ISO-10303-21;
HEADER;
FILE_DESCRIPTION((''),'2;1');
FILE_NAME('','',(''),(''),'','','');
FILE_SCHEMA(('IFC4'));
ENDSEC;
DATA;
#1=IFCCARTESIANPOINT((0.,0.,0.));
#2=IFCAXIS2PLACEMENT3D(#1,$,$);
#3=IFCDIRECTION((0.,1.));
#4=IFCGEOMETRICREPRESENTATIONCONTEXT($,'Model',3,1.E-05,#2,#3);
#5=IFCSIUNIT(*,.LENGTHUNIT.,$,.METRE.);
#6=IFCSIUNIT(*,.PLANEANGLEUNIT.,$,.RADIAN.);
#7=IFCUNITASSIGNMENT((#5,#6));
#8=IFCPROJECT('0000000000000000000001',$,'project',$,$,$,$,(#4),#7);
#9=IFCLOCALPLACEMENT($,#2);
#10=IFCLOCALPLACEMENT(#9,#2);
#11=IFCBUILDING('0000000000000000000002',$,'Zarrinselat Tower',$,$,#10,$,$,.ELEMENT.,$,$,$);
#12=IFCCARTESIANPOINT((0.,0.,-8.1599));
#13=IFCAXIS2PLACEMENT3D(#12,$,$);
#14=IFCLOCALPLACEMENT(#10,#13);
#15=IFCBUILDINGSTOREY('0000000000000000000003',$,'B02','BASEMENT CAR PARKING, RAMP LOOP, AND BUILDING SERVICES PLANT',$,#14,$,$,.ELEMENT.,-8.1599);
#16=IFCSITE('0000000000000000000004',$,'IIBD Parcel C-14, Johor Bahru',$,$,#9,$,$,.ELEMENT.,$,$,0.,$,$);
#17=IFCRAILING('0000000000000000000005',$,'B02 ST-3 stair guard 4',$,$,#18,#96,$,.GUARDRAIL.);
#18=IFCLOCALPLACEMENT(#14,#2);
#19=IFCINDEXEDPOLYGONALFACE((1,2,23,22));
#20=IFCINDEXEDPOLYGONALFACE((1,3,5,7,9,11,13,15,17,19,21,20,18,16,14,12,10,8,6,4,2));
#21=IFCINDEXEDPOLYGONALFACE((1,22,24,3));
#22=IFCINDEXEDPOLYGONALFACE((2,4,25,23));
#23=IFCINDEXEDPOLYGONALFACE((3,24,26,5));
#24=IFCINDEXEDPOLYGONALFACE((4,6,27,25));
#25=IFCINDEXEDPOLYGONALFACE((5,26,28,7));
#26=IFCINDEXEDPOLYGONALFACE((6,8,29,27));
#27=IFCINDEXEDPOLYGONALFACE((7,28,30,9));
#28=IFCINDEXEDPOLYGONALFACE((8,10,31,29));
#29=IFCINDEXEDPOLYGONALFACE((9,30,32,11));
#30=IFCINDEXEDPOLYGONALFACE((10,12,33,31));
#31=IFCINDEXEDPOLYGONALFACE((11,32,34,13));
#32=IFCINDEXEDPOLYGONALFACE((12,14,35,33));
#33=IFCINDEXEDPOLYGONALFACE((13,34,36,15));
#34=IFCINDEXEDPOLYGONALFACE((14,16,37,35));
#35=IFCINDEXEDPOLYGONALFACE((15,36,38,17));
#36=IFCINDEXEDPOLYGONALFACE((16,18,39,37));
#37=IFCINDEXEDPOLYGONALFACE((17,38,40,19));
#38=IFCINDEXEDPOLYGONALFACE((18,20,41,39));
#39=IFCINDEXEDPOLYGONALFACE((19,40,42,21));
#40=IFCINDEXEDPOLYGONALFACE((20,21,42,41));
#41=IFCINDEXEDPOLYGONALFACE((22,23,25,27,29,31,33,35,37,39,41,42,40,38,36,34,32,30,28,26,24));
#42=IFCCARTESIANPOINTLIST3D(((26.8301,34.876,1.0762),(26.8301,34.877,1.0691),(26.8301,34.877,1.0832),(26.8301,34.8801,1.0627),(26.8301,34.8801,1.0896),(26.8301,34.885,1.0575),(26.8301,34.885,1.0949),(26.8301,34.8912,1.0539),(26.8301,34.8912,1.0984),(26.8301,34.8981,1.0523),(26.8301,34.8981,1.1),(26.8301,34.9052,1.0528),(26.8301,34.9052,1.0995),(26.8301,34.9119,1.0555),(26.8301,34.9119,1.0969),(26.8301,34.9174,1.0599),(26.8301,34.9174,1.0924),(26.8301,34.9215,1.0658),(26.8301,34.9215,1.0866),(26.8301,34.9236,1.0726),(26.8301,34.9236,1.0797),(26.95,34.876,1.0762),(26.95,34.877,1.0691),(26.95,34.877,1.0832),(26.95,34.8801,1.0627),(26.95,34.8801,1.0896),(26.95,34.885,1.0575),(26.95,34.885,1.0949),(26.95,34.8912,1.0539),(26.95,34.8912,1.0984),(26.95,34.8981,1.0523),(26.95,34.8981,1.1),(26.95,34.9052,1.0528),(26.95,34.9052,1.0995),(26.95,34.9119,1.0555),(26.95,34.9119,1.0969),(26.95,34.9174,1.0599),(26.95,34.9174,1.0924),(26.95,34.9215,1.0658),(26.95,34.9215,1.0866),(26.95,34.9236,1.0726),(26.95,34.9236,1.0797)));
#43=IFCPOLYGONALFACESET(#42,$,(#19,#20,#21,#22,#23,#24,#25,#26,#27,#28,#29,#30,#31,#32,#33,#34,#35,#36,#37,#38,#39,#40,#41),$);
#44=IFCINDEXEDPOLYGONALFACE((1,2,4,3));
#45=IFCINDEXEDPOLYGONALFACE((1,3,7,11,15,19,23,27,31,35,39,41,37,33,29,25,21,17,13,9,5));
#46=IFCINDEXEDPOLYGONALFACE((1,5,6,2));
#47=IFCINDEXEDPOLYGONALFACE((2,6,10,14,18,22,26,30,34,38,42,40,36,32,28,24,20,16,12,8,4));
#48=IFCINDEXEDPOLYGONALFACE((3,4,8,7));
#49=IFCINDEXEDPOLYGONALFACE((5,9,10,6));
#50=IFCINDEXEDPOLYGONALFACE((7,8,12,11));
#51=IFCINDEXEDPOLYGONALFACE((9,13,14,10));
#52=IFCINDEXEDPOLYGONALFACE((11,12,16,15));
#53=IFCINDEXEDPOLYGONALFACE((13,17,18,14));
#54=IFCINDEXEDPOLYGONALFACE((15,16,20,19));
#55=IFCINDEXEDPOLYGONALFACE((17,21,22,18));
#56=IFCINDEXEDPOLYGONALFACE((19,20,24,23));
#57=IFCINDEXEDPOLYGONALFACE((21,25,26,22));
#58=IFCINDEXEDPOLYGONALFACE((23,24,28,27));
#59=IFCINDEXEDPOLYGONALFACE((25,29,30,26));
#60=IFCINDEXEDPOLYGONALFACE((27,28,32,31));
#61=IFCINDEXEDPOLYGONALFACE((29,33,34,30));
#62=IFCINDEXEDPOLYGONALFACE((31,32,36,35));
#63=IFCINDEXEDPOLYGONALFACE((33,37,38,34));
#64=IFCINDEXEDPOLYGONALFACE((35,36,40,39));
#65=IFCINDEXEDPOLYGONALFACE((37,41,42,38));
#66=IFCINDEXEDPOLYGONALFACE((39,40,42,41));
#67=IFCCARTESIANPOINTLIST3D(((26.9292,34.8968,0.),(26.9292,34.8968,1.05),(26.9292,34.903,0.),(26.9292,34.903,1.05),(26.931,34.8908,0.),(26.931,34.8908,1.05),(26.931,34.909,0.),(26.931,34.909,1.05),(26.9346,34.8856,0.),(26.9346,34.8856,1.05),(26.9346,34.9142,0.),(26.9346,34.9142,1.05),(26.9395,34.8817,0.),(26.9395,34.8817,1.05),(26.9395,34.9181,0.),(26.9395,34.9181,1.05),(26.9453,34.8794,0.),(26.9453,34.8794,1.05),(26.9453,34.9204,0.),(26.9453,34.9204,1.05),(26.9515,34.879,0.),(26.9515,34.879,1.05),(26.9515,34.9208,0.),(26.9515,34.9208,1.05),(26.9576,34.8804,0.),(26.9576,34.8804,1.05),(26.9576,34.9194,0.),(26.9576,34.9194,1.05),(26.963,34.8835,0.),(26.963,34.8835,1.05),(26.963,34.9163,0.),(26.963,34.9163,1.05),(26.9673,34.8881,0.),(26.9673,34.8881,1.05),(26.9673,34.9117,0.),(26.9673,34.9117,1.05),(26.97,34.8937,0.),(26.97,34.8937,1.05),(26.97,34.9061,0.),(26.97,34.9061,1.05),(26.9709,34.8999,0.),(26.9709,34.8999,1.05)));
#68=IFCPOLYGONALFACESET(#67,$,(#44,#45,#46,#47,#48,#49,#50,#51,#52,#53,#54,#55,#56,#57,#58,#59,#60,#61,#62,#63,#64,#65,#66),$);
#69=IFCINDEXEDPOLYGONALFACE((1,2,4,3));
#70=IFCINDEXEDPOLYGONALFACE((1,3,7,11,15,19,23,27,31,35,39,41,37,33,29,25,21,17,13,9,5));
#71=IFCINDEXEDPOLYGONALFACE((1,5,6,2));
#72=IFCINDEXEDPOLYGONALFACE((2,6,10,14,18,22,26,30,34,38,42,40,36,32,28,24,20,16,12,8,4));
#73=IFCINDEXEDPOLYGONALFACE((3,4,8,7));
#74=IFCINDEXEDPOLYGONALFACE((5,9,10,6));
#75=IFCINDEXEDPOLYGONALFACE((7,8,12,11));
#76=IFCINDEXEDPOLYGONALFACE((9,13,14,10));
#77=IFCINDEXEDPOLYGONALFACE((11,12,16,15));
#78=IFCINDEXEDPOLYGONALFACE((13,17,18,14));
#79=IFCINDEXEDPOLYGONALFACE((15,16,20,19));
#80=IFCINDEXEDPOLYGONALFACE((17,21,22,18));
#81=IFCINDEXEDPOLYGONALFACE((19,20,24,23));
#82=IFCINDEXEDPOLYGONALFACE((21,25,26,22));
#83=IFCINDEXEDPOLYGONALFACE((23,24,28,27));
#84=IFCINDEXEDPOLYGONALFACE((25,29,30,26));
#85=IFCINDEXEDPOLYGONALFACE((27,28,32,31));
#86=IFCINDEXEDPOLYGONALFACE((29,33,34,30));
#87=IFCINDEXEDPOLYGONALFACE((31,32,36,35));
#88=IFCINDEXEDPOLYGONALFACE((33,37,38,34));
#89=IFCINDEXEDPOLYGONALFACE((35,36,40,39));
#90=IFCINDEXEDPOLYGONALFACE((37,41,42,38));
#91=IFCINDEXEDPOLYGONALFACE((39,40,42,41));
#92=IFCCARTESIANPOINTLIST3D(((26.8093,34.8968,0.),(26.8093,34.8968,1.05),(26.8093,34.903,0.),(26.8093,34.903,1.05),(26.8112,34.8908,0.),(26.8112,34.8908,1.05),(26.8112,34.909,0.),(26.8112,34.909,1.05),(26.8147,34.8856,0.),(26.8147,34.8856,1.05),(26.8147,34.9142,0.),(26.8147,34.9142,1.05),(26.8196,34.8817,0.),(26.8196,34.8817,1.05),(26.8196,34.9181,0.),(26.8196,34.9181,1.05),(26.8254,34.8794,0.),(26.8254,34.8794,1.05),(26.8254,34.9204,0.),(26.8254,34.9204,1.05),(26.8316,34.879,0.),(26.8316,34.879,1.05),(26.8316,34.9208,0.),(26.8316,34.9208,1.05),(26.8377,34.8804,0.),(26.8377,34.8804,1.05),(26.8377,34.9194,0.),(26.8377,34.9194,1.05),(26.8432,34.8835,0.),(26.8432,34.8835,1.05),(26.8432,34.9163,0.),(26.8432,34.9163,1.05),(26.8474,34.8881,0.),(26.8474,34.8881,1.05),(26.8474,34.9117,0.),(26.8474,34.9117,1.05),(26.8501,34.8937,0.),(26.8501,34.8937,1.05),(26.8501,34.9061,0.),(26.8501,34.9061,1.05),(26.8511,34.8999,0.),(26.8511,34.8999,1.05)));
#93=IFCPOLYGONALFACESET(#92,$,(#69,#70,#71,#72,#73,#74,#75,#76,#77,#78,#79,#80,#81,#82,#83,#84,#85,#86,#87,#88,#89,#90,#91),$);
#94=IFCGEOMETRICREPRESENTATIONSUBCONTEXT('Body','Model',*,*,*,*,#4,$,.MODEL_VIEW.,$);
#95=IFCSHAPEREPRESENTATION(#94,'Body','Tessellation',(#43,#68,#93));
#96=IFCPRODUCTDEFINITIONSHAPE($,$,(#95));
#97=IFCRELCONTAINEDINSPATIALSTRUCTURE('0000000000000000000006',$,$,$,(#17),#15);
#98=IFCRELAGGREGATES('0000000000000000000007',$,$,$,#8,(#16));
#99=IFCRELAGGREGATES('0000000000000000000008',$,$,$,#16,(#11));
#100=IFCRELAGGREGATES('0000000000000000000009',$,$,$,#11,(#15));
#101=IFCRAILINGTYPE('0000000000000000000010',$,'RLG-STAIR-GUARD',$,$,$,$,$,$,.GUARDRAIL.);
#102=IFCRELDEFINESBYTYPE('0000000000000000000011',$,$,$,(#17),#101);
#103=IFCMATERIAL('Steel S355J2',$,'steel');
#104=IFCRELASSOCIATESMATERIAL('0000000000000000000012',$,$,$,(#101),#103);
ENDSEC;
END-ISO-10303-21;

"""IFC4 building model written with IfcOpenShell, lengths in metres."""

from ifc_helpers import new_model, si_unit, direction, frame, origin, origin_2d, place, context, subcontext, project, spatial, circle, extrude, material, type_object, element, save


model = new_model("IFC4")

# Units and contexts
model_context = context("Model", 3, precision=1e-05, world=origin(), true_north=direction((0.0, 1.0)))
body_context = subcontext(model_context, "Body", "Model", "MODEL_VIEW")
ifc_project = project(units=[si_unit("LENGTHUNIT", "METRE"), si_unit("PLANEANGLEUNIT", "RADIAN")], contexts=[model_context])

# Site, building, storey
site_placement = place(None, origin())
site = spatial("IfcSite", under=ifc_project, at=site_placement, Name="IIBD Parcel C-14, Johor Bahru", CompositionType="ELEMENT", RefElevation=0.0)
building_placement = place(site_placement, origin())
building = spatial("IfcBuilding", under=site, at=building_placement, Name="Zarrinselat Tower", CompositionType="ELEMENT")
storey_placement = place(building_placement, frame((0.0, 0.0, -8.1599)))
storey = spatial("IfcBuildingStorey", under=building, at=storey_placement, Name="B02", Description="BASEMENT CAR PARKING, RAMP LOOP, AND BUILDING SERVICES PLANT", CompositionType="ELEMENT", Elevation=-8.1599)

# Railing
ifc_material_1 = material(Name="Steel S355J2", Category="steel")
railing_type_1 = type_object("IfcRailingType", Name="RLG-STAIR-GUARD", PredefinedType="GUARDRAIL", material=ifc_material_1)
railing_1_placement = place(storey_placement, frame((26.95, 34.8999, 0.0)))
element("IfcRailing", 1, at=railing_1_placement, inside=storey, type_object=railing_type_1, Name="B02 ST-3 stair guard 4", PredefinedType="GUARDRAIL", context=body_context, shape_type="SweptSolid", body=[
    extrude(circle(Radius=0.0239, at=origin_2d()), frame((0.0, 0.0, 1.0762), z_axis=(-1.0, 0.0, 0.0), x_axis=(0.0, -1.0, 0.0)), (0.0, 0.0, 1.0), 0.1199),
    extrude(circle(Radius=0.021, at=origin_2d()), origin(), (0.0, 0.0, 1.0), 1.05),
    extrude(circle(Radius=0.021, at=origin_2d()), frame((-0.1199, 0.0, 0.0)), (0.0, 0.0, 1.0), 1.05),
])

save(model, "model.ifc")
